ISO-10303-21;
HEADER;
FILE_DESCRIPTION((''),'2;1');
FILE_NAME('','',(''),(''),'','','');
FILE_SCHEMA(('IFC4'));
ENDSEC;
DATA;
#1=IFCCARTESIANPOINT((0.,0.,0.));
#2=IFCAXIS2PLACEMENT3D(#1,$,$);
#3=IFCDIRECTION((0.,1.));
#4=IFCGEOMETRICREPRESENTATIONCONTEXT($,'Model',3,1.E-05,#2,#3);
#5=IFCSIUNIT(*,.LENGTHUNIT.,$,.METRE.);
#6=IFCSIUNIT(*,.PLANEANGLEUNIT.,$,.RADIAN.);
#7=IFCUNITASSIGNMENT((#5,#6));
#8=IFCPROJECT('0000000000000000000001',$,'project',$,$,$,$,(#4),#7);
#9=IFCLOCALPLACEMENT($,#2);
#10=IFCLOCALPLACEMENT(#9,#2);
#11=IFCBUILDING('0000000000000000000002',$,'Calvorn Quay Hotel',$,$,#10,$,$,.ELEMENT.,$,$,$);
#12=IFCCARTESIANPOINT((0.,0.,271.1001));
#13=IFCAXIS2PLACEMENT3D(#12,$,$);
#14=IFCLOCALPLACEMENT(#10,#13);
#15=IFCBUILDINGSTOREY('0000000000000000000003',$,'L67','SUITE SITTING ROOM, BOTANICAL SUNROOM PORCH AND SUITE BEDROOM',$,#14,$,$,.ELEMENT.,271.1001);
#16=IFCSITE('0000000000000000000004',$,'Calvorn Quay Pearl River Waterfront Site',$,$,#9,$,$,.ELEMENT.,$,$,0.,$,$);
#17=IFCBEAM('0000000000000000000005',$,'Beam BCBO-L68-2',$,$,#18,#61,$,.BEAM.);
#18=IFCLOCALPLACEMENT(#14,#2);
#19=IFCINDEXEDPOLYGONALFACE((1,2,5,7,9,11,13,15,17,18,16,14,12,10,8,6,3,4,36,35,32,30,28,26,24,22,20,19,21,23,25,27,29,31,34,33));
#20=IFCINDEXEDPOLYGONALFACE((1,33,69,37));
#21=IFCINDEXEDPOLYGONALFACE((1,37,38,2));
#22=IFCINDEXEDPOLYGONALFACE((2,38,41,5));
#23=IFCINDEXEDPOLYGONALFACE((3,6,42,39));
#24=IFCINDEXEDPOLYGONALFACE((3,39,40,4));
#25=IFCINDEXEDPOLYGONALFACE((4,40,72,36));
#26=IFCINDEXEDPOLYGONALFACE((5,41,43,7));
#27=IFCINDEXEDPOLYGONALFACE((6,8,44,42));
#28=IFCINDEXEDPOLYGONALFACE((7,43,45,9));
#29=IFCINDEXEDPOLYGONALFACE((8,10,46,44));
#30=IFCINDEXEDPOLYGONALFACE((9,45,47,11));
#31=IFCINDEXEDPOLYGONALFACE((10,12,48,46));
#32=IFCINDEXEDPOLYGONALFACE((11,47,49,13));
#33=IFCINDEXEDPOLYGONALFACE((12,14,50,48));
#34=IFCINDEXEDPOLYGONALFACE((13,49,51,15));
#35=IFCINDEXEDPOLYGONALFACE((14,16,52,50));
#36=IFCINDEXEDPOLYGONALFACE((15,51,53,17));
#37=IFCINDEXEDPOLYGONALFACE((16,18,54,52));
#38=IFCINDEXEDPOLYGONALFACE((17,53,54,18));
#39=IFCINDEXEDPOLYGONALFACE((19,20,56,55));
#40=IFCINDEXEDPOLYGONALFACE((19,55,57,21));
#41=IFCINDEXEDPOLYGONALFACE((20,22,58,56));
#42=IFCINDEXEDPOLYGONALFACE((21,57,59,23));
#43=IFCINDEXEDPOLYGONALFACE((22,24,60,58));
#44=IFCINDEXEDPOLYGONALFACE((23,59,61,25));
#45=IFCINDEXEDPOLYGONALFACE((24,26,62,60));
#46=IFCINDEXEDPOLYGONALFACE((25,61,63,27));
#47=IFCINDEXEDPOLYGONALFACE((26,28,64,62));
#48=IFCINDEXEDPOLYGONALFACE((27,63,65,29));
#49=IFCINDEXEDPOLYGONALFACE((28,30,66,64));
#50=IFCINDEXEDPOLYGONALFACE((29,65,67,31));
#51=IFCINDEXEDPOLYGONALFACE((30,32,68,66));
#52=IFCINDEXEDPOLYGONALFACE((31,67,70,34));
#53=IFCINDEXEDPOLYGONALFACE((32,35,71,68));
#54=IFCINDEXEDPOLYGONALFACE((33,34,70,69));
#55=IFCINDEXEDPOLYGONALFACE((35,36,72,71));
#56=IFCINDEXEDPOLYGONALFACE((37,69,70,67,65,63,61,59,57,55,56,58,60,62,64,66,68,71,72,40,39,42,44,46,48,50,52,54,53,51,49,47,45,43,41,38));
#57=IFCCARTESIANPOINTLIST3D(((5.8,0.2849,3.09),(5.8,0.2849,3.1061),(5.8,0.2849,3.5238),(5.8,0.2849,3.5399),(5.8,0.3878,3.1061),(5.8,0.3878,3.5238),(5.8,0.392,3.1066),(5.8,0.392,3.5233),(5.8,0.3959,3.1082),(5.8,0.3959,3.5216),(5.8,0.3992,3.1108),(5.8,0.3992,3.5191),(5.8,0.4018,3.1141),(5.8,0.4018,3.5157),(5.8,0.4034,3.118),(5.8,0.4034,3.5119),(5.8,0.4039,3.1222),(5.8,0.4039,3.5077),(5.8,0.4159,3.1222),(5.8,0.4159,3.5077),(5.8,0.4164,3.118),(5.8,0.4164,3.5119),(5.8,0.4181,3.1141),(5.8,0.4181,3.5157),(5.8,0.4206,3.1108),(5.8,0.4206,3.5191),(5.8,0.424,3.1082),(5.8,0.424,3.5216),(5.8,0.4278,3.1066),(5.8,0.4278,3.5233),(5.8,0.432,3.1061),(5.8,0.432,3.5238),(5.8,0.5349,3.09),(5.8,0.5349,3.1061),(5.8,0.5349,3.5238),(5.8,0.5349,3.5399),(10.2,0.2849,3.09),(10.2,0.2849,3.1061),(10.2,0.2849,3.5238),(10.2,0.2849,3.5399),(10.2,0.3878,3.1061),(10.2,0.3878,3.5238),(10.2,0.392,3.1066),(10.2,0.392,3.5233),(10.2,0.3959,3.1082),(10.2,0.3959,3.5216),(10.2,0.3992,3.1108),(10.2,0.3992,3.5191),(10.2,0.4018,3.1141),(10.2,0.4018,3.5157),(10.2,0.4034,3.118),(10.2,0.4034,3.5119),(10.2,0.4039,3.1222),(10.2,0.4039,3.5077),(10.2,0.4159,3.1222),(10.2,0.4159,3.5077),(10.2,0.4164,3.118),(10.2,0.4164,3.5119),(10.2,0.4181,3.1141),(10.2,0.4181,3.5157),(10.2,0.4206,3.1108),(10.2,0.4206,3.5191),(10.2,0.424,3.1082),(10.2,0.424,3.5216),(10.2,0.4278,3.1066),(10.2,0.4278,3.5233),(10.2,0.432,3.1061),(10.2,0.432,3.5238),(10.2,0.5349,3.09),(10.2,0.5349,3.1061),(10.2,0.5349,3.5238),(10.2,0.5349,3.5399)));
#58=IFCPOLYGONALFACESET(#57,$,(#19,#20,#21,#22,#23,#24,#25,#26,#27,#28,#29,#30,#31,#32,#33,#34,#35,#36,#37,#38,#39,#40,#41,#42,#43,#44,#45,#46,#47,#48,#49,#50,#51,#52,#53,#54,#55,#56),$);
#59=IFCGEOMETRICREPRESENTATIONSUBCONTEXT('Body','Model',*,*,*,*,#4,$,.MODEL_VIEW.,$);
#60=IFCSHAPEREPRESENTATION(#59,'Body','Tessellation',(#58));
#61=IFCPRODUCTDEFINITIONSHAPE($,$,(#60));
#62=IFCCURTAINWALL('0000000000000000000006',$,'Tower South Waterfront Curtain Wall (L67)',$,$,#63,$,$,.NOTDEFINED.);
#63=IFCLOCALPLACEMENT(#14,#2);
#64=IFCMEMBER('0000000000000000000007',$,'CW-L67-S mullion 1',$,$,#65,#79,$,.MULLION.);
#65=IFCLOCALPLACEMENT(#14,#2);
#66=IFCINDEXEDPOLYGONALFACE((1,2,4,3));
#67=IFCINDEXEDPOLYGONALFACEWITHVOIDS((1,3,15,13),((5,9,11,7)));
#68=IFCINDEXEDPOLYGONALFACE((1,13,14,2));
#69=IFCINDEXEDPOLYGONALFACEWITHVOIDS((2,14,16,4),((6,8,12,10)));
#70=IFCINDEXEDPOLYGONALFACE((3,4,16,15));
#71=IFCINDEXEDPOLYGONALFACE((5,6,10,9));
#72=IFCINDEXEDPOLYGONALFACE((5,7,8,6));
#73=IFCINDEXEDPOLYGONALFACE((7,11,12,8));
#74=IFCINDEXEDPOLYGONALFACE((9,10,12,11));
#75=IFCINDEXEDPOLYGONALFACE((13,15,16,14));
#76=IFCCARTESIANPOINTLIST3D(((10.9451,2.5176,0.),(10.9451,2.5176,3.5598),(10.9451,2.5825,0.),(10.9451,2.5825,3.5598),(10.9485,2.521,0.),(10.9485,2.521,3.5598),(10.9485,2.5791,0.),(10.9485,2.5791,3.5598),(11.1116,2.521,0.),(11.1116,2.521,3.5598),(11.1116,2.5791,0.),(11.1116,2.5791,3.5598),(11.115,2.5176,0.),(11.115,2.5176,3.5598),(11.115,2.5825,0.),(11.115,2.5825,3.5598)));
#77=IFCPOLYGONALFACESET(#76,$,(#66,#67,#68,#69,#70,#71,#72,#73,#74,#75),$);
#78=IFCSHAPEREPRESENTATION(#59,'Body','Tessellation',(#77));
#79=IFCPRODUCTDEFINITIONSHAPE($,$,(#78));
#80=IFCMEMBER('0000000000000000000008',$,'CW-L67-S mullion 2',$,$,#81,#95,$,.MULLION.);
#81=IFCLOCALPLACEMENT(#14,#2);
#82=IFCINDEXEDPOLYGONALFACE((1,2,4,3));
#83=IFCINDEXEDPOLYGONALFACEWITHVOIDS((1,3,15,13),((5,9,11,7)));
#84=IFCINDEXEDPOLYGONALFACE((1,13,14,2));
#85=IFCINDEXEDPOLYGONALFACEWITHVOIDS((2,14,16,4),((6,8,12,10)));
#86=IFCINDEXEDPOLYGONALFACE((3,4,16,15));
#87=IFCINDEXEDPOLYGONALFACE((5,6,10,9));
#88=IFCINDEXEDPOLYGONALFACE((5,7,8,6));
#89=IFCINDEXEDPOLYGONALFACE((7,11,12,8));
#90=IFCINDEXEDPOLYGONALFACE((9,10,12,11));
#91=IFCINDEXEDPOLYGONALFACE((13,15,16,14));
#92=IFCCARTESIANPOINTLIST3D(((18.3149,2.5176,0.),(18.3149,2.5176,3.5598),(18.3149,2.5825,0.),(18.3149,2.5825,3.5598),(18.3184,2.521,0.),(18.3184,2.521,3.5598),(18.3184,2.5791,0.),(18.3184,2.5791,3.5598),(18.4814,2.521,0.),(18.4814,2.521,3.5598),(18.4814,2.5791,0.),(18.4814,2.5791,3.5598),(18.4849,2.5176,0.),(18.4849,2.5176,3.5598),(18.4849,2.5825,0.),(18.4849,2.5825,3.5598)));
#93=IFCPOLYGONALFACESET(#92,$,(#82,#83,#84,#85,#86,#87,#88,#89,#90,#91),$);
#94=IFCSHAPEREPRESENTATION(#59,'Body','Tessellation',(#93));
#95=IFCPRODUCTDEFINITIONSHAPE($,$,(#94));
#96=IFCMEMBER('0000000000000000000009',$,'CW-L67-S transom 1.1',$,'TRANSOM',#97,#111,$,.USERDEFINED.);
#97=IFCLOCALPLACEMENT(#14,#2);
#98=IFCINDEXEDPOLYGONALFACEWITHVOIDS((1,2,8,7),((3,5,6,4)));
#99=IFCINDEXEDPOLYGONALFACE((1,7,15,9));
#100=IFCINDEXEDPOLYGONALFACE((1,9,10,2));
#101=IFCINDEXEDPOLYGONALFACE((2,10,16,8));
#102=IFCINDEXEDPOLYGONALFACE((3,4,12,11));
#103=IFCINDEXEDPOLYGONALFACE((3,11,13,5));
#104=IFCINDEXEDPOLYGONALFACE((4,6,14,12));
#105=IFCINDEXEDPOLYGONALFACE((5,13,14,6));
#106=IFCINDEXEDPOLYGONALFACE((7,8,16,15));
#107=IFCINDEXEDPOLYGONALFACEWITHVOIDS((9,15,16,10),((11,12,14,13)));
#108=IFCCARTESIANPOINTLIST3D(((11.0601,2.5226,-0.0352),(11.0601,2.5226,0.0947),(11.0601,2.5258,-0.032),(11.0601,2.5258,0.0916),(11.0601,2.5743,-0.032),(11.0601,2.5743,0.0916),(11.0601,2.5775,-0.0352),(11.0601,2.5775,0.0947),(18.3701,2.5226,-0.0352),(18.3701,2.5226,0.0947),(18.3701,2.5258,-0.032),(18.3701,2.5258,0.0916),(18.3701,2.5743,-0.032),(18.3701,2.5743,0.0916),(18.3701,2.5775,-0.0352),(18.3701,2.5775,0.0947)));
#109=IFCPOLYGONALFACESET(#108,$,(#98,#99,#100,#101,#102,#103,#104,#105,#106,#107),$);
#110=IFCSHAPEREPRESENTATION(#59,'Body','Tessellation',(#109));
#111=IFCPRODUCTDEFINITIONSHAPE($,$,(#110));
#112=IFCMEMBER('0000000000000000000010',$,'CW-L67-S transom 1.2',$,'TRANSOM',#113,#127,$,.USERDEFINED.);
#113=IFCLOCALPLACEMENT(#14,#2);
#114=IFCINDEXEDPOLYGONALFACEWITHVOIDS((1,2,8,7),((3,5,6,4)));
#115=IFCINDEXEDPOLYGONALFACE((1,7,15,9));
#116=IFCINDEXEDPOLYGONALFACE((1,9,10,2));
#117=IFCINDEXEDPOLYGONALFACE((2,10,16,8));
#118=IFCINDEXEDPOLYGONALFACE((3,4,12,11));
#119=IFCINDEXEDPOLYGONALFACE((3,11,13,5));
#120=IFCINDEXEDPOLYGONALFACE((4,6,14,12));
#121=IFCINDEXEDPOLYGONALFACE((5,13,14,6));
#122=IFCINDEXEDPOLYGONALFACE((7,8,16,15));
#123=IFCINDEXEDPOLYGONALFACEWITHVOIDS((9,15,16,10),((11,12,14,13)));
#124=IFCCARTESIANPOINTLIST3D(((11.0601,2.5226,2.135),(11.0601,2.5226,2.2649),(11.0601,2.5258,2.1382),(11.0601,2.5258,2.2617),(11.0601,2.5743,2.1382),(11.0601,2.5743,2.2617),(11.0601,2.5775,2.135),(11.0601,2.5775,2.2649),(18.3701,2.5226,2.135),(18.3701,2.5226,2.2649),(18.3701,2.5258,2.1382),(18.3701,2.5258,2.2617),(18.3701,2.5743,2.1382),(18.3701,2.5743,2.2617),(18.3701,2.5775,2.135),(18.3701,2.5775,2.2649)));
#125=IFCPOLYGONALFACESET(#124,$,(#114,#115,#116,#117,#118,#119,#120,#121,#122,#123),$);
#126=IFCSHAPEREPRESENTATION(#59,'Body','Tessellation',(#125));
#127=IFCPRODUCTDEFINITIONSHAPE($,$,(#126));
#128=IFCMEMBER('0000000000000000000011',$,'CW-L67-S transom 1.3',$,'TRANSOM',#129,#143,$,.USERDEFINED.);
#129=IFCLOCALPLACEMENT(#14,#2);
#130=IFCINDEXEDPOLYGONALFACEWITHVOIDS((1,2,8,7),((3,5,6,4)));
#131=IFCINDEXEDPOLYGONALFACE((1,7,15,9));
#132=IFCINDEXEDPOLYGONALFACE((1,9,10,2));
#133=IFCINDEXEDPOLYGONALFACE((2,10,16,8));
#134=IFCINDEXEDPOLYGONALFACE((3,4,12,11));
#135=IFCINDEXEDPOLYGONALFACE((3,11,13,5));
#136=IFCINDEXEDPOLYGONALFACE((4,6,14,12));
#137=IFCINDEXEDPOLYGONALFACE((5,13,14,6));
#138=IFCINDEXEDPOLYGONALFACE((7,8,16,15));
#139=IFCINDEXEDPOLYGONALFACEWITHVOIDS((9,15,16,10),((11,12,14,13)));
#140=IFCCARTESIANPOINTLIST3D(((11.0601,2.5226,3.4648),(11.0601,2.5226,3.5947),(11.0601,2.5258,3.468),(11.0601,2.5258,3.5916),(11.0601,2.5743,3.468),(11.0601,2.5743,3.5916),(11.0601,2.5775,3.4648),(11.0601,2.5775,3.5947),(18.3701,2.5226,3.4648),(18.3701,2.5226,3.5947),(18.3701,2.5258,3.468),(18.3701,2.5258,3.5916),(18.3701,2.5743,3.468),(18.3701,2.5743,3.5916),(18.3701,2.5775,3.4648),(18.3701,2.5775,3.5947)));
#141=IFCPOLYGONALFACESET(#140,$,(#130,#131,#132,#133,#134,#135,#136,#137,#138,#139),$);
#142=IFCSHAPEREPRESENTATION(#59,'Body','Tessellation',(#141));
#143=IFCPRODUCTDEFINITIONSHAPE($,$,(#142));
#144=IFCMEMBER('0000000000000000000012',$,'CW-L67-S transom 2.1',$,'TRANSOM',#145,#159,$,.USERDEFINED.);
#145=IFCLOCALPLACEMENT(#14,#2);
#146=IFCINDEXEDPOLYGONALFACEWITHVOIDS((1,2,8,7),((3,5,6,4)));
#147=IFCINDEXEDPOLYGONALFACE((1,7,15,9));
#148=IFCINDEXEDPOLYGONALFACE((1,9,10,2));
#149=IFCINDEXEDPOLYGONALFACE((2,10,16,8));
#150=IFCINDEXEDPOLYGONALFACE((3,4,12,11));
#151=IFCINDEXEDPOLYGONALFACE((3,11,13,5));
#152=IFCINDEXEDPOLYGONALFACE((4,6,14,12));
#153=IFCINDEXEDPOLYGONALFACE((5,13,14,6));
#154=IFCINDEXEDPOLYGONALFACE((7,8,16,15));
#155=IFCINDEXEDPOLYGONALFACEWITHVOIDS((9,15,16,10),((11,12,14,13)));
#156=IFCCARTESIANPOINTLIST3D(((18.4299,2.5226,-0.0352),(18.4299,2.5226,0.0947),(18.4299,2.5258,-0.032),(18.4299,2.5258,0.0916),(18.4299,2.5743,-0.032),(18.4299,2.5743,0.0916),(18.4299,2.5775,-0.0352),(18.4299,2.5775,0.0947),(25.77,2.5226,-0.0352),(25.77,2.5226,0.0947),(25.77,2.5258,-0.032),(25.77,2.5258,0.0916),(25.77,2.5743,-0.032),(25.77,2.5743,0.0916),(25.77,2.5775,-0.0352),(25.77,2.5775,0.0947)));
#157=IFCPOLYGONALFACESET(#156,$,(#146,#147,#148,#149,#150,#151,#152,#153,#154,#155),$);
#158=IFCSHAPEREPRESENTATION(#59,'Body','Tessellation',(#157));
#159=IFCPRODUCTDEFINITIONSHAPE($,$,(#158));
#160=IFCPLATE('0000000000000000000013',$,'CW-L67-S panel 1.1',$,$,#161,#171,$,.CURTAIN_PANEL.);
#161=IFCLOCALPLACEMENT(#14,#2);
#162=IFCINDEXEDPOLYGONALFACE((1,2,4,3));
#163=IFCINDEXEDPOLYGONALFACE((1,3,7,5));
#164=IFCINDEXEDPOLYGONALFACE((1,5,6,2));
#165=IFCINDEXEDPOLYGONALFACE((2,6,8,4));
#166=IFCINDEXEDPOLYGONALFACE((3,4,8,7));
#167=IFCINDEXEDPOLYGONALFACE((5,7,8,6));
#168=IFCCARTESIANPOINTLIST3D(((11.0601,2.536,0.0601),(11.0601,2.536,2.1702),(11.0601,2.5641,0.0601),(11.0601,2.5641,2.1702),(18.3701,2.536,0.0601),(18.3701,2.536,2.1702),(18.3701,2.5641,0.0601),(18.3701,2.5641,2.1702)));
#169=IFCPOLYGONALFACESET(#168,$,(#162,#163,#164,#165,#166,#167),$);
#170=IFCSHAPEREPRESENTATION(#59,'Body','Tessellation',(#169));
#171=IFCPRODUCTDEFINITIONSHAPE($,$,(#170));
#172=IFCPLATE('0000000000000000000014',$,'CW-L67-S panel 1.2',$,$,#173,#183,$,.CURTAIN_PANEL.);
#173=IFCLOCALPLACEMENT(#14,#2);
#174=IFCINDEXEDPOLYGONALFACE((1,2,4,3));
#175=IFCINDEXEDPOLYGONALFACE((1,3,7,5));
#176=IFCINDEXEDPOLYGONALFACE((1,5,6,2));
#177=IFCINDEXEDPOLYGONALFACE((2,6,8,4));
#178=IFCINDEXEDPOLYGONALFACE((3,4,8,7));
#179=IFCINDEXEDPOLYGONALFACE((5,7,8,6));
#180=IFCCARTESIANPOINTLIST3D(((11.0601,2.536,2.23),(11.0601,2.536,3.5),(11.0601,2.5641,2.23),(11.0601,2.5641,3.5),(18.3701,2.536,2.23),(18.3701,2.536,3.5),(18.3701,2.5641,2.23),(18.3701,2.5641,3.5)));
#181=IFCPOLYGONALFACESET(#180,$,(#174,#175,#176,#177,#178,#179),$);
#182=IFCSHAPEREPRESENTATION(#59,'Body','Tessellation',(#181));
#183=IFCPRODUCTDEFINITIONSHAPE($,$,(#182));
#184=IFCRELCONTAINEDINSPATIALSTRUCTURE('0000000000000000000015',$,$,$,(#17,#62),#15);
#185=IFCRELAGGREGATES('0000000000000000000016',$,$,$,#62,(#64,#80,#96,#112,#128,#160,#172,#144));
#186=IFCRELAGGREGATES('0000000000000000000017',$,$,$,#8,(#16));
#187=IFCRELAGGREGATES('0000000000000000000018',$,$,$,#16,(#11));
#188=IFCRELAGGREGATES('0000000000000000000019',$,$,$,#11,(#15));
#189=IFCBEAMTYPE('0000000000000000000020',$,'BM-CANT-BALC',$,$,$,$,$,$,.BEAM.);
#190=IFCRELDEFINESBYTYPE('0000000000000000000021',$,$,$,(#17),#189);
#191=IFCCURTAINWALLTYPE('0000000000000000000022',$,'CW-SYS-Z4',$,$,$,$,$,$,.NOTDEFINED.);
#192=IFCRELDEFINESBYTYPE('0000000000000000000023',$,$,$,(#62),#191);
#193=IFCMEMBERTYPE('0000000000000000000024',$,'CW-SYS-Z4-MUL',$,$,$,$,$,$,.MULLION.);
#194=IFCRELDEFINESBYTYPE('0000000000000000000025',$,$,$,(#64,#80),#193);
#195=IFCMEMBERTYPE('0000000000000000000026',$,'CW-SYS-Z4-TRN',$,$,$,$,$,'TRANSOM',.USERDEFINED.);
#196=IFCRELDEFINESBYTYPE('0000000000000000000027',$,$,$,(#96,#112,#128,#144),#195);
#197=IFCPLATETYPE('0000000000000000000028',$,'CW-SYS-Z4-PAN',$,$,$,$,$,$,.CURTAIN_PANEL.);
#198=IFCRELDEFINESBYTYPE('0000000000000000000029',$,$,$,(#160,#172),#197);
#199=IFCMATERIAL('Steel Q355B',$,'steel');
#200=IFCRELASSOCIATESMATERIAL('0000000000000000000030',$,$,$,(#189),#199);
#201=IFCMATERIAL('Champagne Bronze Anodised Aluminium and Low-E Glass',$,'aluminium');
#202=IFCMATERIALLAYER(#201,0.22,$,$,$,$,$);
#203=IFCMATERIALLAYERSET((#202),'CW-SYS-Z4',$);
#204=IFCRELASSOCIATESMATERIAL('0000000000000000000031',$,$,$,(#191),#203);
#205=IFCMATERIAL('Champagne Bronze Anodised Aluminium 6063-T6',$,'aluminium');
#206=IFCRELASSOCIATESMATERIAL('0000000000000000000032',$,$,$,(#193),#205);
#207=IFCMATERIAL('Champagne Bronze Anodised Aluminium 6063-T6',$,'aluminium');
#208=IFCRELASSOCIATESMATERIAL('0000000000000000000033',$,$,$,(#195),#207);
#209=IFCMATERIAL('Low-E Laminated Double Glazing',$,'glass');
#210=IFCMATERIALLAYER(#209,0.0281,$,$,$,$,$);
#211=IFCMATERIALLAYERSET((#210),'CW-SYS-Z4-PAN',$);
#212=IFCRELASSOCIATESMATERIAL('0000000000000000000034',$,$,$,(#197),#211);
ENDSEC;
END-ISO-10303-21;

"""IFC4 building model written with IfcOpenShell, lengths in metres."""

from ifc_helpers import new_model, si_unit, direction, frame, origin, origin_2d, place, context, subcontext, project, spatial, rectangle, hollow_rectangle, i_section, extrude, material, layer, layer_set, material_profile, profile_set, type_object, element, aggregate, save


model = new_model("IFC4")

# Units and contexts
model_context = context("Model", 3, precision=1e-05, world=origin(), true_north=direction((0.0, 1.0)))
body_context = subcontext(model_context, "Body", "Model", "MODEL_VIEW")
ifc_project = project(units=[si_unit("LENGTHUNIT", "METRE"), si_unit("PLANEANGLEUNIT", "RADIAN")], contexts=[model_context])

# Site, building, storey
site_placement = place(None, origin())
site = spatial("IfcSite", under=ifc_project, at=site_placement, Name="Calvorn Quay Pearl River Waterfront Site", CompositionType="ELEMENT", RefElevation=0.0)
building_placement = place(site_placement, origin())
building = spatial("IfcBuilding", under=site, at=building_placement, Name="Calvorn Quay Hotel", CompositionType="ELEMENT")
storey_placement = place(building_placement, frame((0.0, 0.0, 271.1001)))
storey = spatial("IfcBuildingStorey", under=building, at=storey_placement, Name="L67", Description="SUITE SITTING ROOM, BOTANICAL SUNROOM PORCH AND SUITE BEDROOM", CompositionType="ELEMENT", Elevation=271.1001)

# Beam
ifc_material_1 = material(Name="Steel Q355B", Category="steel")
ifc_material_profile_1 = material_profile(ifc_material_1, i_section(OverallWidth=0.25, OverallDepth=0.45, WebThickness=0.012, FlangeThickness=0.0161, FilletRadius=0.0161, at=origin_2d()), Name="HN450x250x12x16")
ifc_profile_set_1 = profile_set([ifc_material_profile_1], Name="Steel Q355B")
beam_type = type_object("IfcBeamType", Name="BM-CANT-BALC", PredefinedType="BEAM", material=ifc_profile_set_1)
beam_placement = place(storey_placement, frame((5.8, 0.4099, 3.3149), z_axis=(1.0, 0.0, 0.0), x_axis=(0.0, 1.0, 0.0)))
element("IfcBeam", 1, at=beam_placement, inside=storey, type_object=beam_type, Name="Beam BCBO-L68-2", PredefinedType="BEAM", context=body_context, shape_type="SweptSolid", body=[
    extrude(i_section(OverallWidth=0.25, OverallDepth=0.45, WebThickness=0.012, FlangeThickness=0.0161, FilletRadius=0.0161, at=origin_2d()), origin(), (0.0, 0.0, 1.0), 4.3999),
])

# Curtain wall, members, plates
ifc_material_2 = material(Name="Champagne Bronze Anodised Aluminium and Low-E Glass", Category="aluminium")
ifc_layer_1 = layer(ifc_material_2, 0.22)
ifc_layer_set_1 = layer_set([ifc_layer_1], Name="CW-SYS-Z4")
curtain_wall_type = type_object("IfcCurtainWallType", Name="CW-SYS-Z4", PredefinedType="NOTDEFINED", material=ifc_layer_set_1)
curtain_wall_placement = place(storey_placement, origin())
curtain_wall = element("IfcCurtainWall", 2, at=curtain_wall_placement, inside=storey, type_object=curtain_wall_type, Name="Tower South Waterfront Curtain Wall (L67)", PredefinedType="NOTDEFINED")
ifc_material_3 = material(Name="Champagne Bronze Anodised Aluminium 6063-T6", Category="aluminium")
ifc_material_profile_2 = material_profile(ifc_material_3, hollow_rectangle(XDim=0.0649, YDim=0.1699, WallThickness=0.0034, at=origin_2d()), Name="ALU-M170x65x3.5")
ifc_profile_set_2 = profile_set([ifc_material_profile_2], Name="Champagne Bronze Anodised Aluminium 6063-T6")
member_type_1 = type_object("IfcMemberType", Name="CW-SYS-Z4-MUL", PredefinedType="MULLION", material=ifc_profile_set_2)
member_1_placement = place(storey_placement, frame((11.03, 2.55, 0.0), z_axis=(0.0, 0.0, 1.0), x_axis=(0.0, 1.0, 0.0)))
member_1 = element("IfcMember", 3, at=member_1_placement, type_object=member_type_1, Name="CW-L67-S mullion 1", PredefinedType="MULLION", context=body_context, shape_type="SweptSolid", body=[
    extrude(hollow_rectangle(XDim=0.0649, YDim=0.1699, WallThickness=0.0034, at=origin_2d()), origin(), (0.0, 0.0, 1.0), 3.5598),
])
member_2_placement = place(storey_placement, frame((18.3999, 2.55, 0.0), z_axis=(0.0, 0.0, 1.0), x_axis=(0.0, 1.0, 0.0)))
member_2 = element("IfcMember", 4, at=member_2_placement, type_object=member_type_1, Name="CW-L67-S mullion 2", PredefinedType="MULLION", context=body_context, shape_type="SweptSolid", body=[
    extrude(hollow_rectangle(XDim=0.0649, YDim=0.1699, WallThickness=0.0034, at=origin_2d()), origin(), (0.0, 0.0, 1.0), 3.5598),
])
ifc_material_4 = material(Name="Champagne Bronze Anodised Aluminium 6063-T6", Category="aluminium")
ifc_material_profile_3 = material_profile(ifc_material_4, hollow_rectangle(XDim=0.0549, YDim=0.1299, WallThickness=0.0032, at=origin_2d()), Name="ALU-T130x55x3.2")
ifc_profile_set_3 = profile_set([ifc_material_profile_3], Name="Champagne Bronze Anodised Aluminium 6063-T6")
member_type_2 = type_object("IfcMemberType", Name="CW-SYS-Z4-TRN", ElementType="TRANSOM", PredefinedType="USERDEFINED", material=ifc_profile_set_3)
member_3_placement = place(storey_placement, frame((11.0601, 2.55, 0.0298), z_axis=(1.0, 0.0, 0.0), x_axis=(0.0, 1.0, 0.0)))
member_3 = element("IfcMember", 5, at=member_3_placement, type_object=member_type_2, Name="CW-L67-S transom 1.1", ObjectType="TRANSOM", PredefinedType="USERDEFINED", context=body_context, shape_type="SweptSolid", body=[
    extrude(hollow_rectangle(XDim=0.0549, YDim=0.1299, WallThickness=0.0032, at=origin_2d()), origin(), (0.0, 0.0, 1.0), 7.3101),
])
member_4_placement = place(storey_placement, frame((11.0601, 2.55, 2.2), z_axis=(1.0, 0.0, 0.0), x_axis=(0.0, 1.0, 0.0)))
member_4 = element("IfcMember", 6, at=member_4_placement, type_object=member_type_2, Name="CW-L67-S transom 1.2", ObjectType="TRANSOM", PredefinedType="USERDEFINED", context=body_context, shape_type="SweptSolid", body=[
    extrude(hollow_rectangle(XDim=0.0549, YDim=0.1299, WallThickness=0.0032, at=origin_2d()), origin(), (0.0, 0.0, 1.0), 7.3101),
])
member_5_placement = place(storey_placement, frame((11.0601, 2.55, 3.5298), z_axis=(1.0, 0.0, 0.0), x_axis=(0.0, 1.0, 0.0)))
member_5 = element("IfcMember", 7, at=member_5_placement, type_object=member_type_2, Name="CW-L67-S transom 1.3", ObjectType="TRANSOM", PredefinedType="USERDEFINED", context=body_context, shape_type="SweptSolid", body=[
    extrude(hollow_rectangle(XDim=0.0549, YDim=0.1299, WallThickness=0.0032, at=origin_2d()), origin(), (0.0, 0.0, 1.0), 7.3101),
])
member_6_placement = place(storey_placement, frame((18.4299, 2.55, 0.0298), z_axis=(1.0, 0.0, 0.0), x_axis=(0.0, 1.0, 0.0)))
member_6 = element("IfcMember", 8, at=member_6_placement, type_object=member_type_2, Name="CW-L67-S transom 2.1", ObjectType="TRANSOM", PredefinedType="USERDEFINED", context=body_context, shape_type="SweptSolid", body=[
    extrude(hollow_rectangle(XDim=0.0549, YDim=0.1299, WallThickness=0.0032, at=origin_2d()), origin(), (0.0, 0.0, 1.0), 7.3401),
])
ifc_material_5 = material(Name="Low-E Laminated Double Glazing", Category="glass")
ifc_layer_2 = layer(ifc_material_5, 0.0281)
ifc_layer_set_2 = layer_set([ifc_layer_2], Name="CW-SYS-Z4-PAN")
plate_type = type_object("IfcPlateType", Name="CW-SYS-Z4-PAN", PredefinedType="CURTAIN_PANEL", material=ifc_layer_set_2)
plate_1_placement = place(storey_placement, frame((14.7151, 2.55, 0.0601), z_axis=(0.0, 0.0, 1.0), x_axis=(1.0, 0.0, 0.0)))
plate_1 = element("IfcPlate", 9, at=plate_1_placement, type_object=plate_type, Name="CW-L67-S panel 1.1", PredefinedType="CURTAIN_PANEL", context=body_context, shape_type="SweptSolid", body=[
    extrude(rectangle(XDim=7.3101, YDim=0.0281, at=origin_2d()), origin(), (0.0, 0.0, 1.0), 2.1101),
])
plate_2_placement = place(storey_placement, frame((14.7151, 2.55, 2.23), z_axis=(0.0, 0.0, 1.0), x_axis=(1.0, 0.0, 0.0)))
plate_2 = element("IfcPlate", 10, at=plate_2_placement, type_object=plate_type, Name="CW-L67-S panel 1.2", PredefinedType="CURTAIN_PANEL", context=body_context, shape_type="SweptSolid", body=[
    extrude(rectangle(XDim=7.3101, YDim=0.0281, at=origin_2d()), origin(), (0.0, 0.0, 1.0), 1.27),
])
aggregate(curtain_wall, [member_1, member_2, member_3, member_4, member_5, plate_1, plate_2, member_6])

save(model, "model.ifc")
